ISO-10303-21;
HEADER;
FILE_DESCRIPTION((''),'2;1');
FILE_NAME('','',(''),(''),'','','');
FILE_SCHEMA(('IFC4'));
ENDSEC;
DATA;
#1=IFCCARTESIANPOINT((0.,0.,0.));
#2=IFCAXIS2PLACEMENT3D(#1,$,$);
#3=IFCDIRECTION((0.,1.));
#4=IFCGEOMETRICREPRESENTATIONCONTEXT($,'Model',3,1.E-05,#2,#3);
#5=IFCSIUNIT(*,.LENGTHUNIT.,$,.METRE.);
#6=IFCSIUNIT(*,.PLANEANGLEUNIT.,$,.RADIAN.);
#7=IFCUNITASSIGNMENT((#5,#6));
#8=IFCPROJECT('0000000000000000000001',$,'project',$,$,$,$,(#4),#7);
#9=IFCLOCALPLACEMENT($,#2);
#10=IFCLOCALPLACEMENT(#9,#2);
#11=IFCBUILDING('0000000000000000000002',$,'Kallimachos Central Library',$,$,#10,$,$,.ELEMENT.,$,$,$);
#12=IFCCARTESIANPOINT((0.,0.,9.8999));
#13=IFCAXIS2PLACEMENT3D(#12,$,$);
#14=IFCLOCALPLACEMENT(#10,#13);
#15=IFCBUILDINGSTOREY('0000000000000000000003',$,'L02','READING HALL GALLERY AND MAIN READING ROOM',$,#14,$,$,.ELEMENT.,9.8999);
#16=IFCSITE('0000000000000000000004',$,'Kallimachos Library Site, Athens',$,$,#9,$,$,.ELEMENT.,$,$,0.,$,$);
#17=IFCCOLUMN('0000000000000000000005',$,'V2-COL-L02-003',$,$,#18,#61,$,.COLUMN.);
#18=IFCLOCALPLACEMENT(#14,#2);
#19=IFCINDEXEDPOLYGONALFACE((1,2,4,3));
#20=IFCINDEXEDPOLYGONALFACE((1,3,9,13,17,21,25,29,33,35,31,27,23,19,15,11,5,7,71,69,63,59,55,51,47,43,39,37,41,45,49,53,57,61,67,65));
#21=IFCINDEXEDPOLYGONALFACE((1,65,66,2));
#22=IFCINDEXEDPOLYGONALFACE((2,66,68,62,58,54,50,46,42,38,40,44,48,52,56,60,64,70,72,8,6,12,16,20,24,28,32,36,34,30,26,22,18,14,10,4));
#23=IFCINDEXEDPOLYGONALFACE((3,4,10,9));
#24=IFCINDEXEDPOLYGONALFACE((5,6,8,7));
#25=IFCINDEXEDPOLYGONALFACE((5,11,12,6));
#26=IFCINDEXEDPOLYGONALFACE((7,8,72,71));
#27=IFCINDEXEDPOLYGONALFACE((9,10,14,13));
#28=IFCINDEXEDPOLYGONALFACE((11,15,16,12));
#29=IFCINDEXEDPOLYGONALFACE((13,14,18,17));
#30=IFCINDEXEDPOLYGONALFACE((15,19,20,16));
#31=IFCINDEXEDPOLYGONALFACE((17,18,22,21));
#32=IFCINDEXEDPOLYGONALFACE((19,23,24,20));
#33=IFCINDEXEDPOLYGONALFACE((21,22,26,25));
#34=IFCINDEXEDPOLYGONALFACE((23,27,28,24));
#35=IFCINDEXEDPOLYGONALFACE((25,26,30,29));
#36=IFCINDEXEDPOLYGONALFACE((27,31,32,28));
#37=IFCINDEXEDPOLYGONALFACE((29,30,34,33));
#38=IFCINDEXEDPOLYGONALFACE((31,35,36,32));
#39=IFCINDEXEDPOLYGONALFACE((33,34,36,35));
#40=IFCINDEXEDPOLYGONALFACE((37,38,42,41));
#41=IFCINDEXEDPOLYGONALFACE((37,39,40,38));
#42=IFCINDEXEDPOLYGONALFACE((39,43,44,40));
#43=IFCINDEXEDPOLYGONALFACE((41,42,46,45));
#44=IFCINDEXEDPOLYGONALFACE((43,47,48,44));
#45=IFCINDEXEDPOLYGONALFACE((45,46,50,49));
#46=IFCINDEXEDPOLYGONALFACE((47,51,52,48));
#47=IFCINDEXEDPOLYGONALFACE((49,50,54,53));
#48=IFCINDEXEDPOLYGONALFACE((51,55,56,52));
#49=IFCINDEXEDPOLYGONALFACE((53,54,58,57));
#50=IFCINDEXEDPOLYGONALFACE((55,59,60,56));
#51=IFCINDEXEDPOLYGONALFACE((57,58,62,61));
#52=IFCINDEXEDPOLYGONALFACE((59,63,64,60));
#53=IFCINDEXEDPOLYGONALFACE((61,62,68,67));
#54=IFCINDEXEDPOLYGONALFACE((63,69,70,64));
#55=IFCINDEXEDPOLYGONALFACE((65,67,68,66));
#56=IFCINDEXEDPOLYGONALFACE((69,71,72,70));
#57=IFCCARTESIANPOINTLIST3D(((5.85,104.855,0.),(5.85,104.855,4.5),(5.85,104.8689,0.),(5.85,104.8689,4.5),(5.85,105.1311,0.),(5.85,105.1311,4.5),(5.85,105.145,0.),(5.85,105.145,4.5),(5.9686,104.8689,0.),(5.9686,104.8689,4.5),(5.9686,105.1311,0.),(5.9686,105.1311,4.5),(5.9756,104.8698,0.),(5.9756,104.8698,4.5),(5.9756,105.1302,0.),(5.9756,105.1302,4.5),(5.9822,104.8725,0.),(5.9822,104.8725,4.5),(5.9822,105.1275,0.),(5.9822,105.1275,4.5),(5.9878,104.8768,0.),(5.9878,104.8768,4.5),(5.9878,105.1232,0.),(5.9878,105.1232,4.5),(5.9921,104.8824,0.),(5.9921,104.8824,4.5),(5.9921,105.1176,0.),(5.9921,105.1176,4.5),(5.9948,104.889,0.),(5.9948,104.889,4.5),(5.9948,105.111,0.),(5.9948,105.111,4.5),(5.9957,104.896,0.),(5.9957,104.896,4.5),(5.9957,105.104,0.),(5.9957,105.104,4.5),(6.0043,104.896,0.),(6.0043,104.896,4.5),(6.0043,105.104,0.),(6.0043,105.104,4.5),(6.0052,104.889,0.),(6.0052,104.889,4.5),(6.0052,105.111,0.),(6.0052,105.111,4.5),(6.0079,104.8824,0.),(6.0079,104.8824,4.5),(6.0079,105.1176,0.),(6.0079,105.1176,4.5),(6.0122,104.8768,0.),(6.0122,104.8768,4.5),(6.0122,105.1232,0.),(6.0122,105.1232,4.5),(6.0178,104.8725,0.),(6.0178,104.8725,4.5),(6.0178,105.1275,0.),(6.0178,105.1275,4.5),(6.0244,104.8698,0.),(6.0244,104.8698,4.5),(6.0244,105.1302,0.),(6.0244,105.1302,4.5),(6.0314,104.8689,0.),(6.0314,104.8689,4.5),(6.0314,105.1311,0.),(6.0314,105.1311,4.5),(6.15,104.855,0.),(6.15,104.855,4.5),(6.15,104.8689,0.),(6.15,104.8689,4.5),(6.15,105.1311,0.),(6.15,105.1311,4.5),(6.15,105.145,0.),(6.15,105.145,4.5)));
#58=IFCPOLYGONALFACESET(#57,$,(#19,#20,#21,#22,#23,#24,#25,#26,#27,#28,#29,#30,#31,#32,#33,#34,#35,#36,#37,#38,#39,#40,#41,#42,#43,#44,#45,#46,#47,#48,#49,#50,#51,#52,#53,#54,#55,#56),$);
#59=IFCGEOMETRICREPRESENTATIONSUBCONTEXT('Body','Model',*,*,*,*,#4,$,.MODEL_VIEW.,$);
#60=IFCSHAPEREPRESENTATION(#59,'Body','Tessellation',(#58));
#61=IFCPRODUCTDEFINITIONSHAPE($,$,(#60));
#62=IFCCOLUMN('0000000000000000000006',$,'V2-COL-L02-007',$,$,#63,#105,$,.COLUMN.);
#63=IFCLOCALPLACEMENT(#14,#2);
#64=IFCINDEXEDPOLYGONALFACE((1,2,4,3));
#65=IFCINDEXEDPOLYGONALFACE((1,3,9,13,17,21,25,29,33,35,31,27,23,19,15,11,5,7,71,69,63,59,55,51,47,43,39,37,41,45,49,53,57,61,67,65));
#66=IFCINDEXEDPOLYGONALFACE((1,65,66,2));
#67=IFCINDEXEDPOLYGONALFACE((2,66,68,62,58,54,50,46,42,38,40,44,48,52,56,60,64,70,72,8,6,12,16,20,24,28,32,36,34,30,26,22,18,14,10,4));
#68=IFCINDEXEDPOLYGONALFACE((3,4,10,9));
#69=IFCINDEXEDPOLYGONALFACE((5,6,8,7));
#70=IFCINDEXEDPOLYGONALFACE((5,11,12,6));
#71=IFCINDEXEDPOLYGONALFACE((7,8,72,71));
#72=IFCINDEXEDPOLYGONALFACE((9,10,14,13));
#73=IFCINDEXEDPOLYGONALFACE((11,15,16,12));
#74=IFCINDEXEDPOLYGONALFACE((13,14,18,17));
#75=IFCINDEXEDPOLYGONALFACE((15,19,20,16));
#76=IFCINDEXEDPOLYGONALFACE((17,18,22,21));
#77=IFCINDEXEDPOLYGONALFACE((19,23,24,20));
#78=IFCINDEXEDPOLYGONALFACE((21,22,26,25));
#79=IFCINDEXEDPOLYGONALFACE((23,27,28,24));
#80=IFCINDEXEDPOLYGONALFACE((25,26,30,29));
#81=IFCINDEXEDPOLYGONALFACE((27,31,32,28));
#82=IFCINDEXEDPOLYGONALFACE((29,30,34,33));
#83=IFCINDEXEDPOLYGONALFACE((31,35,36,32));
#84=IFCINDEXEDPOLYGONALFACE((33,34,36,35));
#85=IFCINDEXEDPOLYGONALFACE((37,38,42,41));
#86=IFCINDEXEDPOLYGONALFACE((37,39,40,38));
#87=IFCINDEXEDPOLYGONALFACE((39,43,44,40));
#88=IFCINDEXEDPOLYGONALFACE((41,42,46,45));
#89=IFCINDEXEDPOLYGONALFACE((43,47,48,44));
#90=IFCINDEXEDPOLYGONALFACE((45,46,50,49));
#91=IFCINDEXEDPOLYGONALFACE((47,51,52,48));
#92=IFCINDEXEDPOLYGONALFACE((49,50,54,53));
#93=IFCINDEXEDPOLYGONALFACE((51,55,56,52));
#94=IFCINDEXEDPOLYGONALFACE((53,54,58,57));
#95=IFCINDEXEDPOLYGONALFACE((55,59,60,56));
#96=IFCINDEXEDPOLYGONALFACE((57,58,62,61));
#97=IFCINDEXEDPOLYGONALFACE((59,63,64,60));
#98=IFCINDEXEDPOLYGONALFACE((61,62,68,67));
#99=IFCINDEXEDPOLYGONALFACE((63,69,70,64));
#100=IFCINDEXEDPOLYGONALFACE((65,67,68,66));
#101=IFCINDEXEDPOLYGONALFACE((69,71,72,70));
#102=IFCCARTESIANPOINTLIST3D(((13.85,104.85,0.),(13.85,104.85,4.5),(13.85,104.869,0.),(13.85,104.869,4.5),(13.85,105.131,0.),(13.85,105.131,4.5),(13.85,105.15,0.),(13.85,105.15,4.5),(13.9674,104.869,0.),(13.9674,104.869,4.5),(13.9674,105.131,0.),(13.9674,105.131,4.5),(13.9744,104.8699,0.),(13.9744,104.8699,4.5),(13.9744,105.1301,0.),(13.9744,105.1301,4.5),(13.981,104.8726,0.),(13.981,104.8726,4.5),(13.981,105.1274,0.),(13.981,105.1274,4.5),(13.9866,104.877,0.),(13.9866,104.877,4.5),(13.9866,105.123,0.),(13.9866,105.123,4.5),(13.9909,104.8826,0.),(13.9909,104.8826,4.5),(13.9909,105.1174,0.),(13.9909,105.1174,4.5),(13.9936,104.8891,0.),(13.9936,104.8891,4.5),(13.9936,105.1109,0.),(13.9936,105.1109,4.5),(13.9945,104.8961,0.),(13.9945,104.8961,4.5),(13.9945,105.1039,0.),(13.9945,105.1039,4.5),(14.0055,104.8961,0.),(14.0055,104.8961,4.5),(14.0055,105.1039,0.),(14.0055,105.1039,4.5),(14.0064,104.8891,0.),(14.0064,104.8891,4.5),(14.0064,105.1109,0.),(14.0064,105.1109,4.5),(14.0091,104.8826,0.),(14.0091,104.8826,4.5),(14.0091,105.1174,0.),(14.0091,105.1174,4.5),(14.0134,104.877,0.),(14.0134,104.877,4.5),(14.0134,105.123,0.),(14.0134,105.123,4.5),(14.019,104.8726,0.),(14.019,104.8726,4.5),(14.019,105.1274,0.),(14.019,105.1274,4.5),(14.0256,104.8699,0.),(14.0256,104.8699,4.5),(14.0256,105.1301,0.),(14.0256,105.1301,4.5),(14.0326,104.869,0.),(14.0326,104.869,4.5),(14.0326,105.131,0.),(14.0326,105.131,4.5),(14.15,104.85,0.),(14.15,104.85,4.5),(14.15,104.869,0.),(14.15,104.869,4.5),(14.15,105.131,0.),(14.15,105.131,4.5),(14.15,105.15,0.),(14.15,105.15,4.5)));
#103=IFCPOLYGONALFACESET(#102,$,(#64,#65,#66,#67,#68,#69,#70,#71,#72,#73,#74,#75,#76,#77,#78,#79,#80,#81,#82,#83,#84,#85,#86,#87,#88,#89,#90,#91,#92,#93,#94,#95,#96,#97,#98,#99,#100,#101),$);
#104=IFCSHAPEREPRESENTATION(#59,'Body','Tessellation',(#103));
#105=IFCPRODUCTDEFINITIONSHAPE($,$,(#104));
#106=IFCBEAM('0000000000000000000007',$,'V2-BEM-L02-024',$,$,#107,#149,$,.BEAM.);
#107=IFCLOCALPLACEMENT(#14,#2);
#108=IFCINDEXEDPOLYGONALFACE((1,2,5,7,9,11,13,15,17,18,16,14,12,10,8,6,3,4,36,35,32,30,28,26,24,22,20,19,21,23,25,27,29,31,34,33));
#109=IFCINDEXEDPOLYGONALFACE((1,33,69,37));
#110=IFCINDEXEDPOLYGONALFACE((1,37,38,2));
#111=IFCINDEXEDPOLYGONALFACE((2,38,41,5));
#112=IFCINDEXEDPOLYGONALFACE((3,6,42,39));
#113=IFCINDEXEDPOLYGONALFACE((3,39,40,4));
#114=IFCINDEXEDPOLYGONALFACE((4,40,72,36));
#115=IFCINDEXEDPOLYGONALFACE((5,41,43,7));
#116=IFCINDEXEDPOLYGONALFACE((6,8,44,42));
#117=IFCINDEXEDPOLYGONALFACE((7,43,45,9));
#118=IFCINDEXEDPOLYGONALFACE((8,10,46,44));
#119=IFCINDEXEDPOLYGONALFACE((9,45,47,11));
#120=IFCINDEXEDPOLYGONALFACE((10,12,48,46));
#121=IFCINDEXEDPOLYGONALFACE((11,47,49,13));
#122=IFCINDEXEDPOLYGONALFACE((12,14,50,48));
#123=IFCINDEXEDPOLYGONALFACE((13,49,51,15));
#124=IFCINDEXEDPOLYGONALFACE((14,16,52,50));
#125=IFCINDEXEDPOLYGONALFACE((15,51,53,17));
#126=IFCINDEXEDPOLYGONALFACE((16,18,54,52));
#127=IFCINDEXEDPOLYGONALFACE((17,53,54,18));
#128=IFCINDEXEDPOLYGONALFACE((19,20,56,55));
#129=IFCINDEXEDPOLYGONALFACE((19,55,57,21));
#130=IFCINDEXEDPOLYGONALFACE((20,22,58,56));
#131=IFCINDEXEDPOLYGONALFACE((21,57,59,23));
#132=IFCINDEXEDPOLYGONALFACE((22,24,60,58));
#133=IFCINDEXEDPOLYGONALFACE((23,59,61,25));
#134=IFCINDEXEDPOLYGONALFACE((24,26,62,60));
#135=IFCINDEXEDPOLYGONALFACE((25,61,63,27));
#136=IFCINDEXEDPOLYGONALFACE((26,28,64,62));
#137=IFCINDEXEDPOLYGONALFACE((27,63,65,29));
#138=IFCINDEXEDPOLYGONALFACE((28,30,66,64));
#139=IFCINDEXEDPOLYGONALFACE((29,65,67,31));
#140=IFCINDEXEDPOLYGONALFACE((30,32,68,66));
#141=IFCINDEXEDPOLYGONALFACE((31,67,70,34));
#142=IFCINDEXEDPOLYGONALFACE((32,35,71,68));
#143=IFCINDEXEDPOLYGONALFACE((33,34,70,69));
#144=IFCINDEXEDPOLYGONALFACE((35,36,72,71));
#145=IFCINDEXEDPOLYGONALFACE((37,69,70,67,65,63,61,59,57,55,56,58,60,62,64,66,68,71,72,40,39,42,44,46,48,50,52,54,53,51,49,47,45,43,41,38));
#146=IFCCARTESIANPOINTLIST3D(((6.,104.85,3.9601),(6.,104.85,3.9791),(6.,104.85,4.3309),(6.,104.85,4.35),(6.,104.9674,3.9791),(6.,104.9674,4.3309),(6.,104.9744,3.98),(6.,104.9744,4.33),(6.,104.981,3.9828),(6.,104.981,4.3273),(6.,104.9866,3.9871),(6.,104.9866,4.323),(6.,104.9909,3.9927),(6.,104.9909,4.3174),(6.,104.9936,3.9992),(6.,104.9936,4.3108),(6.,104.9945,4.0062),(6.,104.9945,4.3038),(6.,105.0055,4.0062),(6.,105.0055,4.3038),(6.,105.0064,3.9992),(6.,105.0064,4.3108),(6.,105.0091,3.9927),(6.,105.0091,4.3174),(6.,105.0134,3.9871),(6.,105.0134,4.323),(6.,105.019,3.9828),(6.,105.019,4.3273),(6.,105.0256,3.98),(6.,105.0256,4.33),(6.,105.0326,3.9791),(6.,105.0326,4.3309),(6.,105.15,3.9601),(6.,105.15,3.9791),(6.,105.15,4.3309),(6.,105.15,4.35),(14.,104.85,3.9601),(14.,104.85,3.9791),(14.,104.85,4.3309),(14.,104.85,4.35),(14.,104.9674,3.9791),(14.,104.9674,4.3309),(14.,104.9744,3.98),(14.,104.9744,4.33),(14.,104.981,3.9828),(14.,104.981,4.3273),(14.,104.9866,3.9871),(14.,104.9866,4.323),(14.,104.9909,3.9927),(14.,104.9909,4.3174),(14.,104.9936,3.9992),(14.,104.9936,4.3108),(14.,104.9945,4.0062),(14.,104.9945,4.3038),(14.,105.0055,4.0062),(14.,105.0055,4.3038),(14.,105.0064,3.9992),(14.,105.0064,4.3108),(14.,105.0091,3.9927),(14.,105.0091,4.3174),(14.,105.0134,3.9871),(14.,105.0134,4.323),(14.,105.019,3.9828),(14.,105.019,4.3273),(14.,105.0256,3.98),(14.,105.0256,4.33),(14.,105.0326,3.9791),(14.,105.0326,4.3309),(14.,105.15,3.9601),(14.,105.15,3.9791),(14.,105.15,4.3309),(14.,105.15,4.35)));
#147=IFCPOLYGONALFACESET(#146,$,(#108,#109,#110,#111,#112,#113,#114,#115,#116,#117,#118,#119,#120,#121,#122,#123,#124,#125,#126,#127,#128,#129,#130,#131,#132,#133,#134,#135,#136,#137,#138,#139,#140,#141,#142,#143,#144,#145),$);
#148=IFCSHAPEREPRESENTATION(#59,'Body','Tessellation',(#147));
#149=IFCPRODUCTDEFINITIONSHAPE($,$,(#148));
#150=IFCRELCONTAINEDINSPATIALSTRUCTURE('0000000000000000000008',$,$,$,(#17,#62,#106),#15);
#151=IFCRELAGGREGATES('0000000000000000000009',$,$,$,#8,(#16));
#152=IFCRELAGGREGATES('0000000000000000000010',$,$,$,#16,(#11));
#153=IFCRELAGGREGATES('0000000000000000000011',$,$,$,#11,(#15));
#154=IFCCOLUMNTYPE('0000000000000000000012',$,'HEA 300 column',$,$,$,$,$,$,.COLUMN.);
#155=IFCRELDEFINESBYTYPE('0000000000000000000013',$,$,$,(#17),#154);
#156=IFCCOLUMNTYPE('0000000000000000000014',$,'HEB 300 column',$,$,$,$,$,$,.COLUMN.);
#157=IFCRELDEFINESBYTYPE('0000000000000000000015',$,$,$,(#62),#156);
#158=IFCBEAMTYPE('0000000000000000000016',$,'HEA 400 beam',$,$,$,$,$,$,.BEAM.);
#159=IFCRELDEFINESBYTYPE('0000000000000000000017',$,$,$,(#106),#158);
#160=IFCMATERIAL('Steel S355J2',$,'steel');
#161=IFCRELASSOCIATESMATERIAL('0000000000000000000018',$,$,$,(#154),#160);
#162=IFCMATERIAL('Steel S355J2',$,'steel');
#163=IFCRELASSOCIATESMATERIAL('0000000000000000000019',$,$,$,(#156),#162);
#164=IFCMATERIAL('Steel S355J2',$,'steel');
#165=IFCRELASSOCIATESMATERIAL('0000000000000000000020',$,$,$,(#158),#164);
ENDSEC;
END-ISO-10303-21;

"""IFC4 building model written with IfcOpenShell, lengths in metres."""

from ifc_helpers import new_model, si_unit, direction, frame, origin, origin_2d, place, context, subcontext, project, spatial, i_section, extrude, material, material_profile, profile_set, type_object, element, save


model = new_model("IFC4")

# Units and contexts
model_context = context("Model", 3, precision=1e-05, world=origin(), true_north=direction((0.0, 1.0)))
body_context = subcontext(model_context, "Body", "Model", "MODEL_VIEW")
ifc_project = project(units=[si_unit("LENGTHUNIT", "METRE"), si_unit("PLANEANGLEUNIT", "RADIAN")], contexts=[model_context])

# Site, building, storey
site_placement = place(None, origin())
site = spatial("IfcSite", under=ifc_project, at=site_placement, Name="Kallimachos Library Site, Athens", CompositionType="ELEMENT", RefElevation=0.0)
building_placement = place(site_placement, origin())
building = spatial("IfcBuilding", under=site, at=building_placement, Name="Kallimachos Central Library", CompositionType="ELEMENT")
storey_placement = place(building_placement, frame((0.0, 0.0, 9.8999)))
storey = spatial("IfcBuildingStorey", under=building, at=storey_placement, Name="L02", Description="READING HALL GALLERY AND MAIN READING ROOM", CompositionType="ELEMENT", Elevation=9.8999)

# Columns
ifc_material_1 = material(Name="Steel S355J2", Category="steel")
ifc_material_profile_1 = material_profile(ifc_material_1, i_section(OverallWidth=0.3, OverallDepth=0.29, WebThickness=0.0085, FlangeThickness=0.0139, FilletRadius=0.0271, at=origin_2d()), Name="HEA 300")
ifc_profile_set_1 = profile_set([ifc_material_profile_1], Name="Steel S355J2")
column_type_1 = type_object("IfcColumnType", Name="HEA 300 column", PredefinedType="COLUMN", material=ifc_profile_set_1)
column_1_placement = place(storey_placement, frame((6.0, 105.0, 0.0), z_axis=(0.0, 0.0, 1.0), x_axis=(1.0, 0.0, 0.0)))
element("IfcColumn", 1, at=column_1_placement, inside=storey, type_object=column_type_1, Name="V2-COL-L02-003", PredefinedType="COLUMN", context=body_context, shape_type="SweptSolid", body=[
    extrude(i_section(OverallWidth=0.3, OverallDepth=0.29, WebThickness=0.0085, FlangeThickness=0.0139, FilletRadius=0.0271, at=origin_2d()), origin(), (0.0, 0.0, 1.0), 4.5),
])
ifc_material_2 = material(Name="Steel S355J2", Category="steel")
ifc_material_profile_2 = material_profile(ifc_material_2, i_section(OverallWidth=0.3, OverallDepth=0.3, WebThickness=0.011, FlangeThickness=0.019, FilletRadius=0.0271, at=origin_2d()), Name="HEB 300")
ifc_profile_set_2 = profile_set([ifc_material_profile_2], Name="Steel S355J2")
column_type_2 = type_object("IfcColumnType", Name="HEB 300 column", PredefinedType="COLUMN", material=ifc_profile_set_2)
column_2_placement = place(storey_placement, frame((14.0, 105.0, 0.0), z_axis=(0.0, 0.0, 1.0), x_axis=(1.0, 0.0, 0.0)))
element("IfcColumn", 2, at=column_2_placement, inside=storey, type_object=column_type_2, Name="V2-COL-L02-007", PredefinedType="COLUMN", context=body_context, shape_type="SweptSolid", body=[
    extrude(i_section(OverallWidth=0.3, OverallDepth=0.3, WebThickness=0.011, FlangeThickness=0.019, FilletRadius=0.0271, at=origin_2d()), origin(), (0.0, 0.0, 1.0), 4.5),
])

# Beam
ifc_material_3 = material(Name="Steel S355J2", Category="steel")
ifc_material_profile_3 = material_profile(ifc_material_3, i_section(OverallWidth=0.3, OverallDepth=0.3899, WebThickness=0.011, FlangeThickness=0.019, FilletRadius=0.0271, at=origin_2d()), Name="HEA 400")
ifc_profile_set_3 = profile_set([ifc_material_profile_3], Name="Steel S355J2")
beam_type_1 = type_object("IfcBeamType", Name="HEA 400 beam", PredefinedType="BEAM", material=ifc_profile_set_3)
beam_1_placement = place(storey_placement, frame((6.0, 105.0, 4.155), z_axis=(1.0, 0.0, 0.0), x_axis=(0.0, 1.0, 0.0)))
element("IfcBeam", 3, at=beam_1_placement, inside=storey, type_object=beam_type_1, Name="V2-BEM-L02-024", PredefinedType="BEAM", context=body_context, shape_type="SweptSolid", body=[
    extrude(i_section(OverallWidth=0.3, OverallDepth=0.3899, WebThickness=0.011, FlangeThickness=0.019, FilletRadius=0.0271, at=origin_2d()), origin(), (0.0, 0.0, 1.0), 8.0),
])

save(model, "model.ifc")
